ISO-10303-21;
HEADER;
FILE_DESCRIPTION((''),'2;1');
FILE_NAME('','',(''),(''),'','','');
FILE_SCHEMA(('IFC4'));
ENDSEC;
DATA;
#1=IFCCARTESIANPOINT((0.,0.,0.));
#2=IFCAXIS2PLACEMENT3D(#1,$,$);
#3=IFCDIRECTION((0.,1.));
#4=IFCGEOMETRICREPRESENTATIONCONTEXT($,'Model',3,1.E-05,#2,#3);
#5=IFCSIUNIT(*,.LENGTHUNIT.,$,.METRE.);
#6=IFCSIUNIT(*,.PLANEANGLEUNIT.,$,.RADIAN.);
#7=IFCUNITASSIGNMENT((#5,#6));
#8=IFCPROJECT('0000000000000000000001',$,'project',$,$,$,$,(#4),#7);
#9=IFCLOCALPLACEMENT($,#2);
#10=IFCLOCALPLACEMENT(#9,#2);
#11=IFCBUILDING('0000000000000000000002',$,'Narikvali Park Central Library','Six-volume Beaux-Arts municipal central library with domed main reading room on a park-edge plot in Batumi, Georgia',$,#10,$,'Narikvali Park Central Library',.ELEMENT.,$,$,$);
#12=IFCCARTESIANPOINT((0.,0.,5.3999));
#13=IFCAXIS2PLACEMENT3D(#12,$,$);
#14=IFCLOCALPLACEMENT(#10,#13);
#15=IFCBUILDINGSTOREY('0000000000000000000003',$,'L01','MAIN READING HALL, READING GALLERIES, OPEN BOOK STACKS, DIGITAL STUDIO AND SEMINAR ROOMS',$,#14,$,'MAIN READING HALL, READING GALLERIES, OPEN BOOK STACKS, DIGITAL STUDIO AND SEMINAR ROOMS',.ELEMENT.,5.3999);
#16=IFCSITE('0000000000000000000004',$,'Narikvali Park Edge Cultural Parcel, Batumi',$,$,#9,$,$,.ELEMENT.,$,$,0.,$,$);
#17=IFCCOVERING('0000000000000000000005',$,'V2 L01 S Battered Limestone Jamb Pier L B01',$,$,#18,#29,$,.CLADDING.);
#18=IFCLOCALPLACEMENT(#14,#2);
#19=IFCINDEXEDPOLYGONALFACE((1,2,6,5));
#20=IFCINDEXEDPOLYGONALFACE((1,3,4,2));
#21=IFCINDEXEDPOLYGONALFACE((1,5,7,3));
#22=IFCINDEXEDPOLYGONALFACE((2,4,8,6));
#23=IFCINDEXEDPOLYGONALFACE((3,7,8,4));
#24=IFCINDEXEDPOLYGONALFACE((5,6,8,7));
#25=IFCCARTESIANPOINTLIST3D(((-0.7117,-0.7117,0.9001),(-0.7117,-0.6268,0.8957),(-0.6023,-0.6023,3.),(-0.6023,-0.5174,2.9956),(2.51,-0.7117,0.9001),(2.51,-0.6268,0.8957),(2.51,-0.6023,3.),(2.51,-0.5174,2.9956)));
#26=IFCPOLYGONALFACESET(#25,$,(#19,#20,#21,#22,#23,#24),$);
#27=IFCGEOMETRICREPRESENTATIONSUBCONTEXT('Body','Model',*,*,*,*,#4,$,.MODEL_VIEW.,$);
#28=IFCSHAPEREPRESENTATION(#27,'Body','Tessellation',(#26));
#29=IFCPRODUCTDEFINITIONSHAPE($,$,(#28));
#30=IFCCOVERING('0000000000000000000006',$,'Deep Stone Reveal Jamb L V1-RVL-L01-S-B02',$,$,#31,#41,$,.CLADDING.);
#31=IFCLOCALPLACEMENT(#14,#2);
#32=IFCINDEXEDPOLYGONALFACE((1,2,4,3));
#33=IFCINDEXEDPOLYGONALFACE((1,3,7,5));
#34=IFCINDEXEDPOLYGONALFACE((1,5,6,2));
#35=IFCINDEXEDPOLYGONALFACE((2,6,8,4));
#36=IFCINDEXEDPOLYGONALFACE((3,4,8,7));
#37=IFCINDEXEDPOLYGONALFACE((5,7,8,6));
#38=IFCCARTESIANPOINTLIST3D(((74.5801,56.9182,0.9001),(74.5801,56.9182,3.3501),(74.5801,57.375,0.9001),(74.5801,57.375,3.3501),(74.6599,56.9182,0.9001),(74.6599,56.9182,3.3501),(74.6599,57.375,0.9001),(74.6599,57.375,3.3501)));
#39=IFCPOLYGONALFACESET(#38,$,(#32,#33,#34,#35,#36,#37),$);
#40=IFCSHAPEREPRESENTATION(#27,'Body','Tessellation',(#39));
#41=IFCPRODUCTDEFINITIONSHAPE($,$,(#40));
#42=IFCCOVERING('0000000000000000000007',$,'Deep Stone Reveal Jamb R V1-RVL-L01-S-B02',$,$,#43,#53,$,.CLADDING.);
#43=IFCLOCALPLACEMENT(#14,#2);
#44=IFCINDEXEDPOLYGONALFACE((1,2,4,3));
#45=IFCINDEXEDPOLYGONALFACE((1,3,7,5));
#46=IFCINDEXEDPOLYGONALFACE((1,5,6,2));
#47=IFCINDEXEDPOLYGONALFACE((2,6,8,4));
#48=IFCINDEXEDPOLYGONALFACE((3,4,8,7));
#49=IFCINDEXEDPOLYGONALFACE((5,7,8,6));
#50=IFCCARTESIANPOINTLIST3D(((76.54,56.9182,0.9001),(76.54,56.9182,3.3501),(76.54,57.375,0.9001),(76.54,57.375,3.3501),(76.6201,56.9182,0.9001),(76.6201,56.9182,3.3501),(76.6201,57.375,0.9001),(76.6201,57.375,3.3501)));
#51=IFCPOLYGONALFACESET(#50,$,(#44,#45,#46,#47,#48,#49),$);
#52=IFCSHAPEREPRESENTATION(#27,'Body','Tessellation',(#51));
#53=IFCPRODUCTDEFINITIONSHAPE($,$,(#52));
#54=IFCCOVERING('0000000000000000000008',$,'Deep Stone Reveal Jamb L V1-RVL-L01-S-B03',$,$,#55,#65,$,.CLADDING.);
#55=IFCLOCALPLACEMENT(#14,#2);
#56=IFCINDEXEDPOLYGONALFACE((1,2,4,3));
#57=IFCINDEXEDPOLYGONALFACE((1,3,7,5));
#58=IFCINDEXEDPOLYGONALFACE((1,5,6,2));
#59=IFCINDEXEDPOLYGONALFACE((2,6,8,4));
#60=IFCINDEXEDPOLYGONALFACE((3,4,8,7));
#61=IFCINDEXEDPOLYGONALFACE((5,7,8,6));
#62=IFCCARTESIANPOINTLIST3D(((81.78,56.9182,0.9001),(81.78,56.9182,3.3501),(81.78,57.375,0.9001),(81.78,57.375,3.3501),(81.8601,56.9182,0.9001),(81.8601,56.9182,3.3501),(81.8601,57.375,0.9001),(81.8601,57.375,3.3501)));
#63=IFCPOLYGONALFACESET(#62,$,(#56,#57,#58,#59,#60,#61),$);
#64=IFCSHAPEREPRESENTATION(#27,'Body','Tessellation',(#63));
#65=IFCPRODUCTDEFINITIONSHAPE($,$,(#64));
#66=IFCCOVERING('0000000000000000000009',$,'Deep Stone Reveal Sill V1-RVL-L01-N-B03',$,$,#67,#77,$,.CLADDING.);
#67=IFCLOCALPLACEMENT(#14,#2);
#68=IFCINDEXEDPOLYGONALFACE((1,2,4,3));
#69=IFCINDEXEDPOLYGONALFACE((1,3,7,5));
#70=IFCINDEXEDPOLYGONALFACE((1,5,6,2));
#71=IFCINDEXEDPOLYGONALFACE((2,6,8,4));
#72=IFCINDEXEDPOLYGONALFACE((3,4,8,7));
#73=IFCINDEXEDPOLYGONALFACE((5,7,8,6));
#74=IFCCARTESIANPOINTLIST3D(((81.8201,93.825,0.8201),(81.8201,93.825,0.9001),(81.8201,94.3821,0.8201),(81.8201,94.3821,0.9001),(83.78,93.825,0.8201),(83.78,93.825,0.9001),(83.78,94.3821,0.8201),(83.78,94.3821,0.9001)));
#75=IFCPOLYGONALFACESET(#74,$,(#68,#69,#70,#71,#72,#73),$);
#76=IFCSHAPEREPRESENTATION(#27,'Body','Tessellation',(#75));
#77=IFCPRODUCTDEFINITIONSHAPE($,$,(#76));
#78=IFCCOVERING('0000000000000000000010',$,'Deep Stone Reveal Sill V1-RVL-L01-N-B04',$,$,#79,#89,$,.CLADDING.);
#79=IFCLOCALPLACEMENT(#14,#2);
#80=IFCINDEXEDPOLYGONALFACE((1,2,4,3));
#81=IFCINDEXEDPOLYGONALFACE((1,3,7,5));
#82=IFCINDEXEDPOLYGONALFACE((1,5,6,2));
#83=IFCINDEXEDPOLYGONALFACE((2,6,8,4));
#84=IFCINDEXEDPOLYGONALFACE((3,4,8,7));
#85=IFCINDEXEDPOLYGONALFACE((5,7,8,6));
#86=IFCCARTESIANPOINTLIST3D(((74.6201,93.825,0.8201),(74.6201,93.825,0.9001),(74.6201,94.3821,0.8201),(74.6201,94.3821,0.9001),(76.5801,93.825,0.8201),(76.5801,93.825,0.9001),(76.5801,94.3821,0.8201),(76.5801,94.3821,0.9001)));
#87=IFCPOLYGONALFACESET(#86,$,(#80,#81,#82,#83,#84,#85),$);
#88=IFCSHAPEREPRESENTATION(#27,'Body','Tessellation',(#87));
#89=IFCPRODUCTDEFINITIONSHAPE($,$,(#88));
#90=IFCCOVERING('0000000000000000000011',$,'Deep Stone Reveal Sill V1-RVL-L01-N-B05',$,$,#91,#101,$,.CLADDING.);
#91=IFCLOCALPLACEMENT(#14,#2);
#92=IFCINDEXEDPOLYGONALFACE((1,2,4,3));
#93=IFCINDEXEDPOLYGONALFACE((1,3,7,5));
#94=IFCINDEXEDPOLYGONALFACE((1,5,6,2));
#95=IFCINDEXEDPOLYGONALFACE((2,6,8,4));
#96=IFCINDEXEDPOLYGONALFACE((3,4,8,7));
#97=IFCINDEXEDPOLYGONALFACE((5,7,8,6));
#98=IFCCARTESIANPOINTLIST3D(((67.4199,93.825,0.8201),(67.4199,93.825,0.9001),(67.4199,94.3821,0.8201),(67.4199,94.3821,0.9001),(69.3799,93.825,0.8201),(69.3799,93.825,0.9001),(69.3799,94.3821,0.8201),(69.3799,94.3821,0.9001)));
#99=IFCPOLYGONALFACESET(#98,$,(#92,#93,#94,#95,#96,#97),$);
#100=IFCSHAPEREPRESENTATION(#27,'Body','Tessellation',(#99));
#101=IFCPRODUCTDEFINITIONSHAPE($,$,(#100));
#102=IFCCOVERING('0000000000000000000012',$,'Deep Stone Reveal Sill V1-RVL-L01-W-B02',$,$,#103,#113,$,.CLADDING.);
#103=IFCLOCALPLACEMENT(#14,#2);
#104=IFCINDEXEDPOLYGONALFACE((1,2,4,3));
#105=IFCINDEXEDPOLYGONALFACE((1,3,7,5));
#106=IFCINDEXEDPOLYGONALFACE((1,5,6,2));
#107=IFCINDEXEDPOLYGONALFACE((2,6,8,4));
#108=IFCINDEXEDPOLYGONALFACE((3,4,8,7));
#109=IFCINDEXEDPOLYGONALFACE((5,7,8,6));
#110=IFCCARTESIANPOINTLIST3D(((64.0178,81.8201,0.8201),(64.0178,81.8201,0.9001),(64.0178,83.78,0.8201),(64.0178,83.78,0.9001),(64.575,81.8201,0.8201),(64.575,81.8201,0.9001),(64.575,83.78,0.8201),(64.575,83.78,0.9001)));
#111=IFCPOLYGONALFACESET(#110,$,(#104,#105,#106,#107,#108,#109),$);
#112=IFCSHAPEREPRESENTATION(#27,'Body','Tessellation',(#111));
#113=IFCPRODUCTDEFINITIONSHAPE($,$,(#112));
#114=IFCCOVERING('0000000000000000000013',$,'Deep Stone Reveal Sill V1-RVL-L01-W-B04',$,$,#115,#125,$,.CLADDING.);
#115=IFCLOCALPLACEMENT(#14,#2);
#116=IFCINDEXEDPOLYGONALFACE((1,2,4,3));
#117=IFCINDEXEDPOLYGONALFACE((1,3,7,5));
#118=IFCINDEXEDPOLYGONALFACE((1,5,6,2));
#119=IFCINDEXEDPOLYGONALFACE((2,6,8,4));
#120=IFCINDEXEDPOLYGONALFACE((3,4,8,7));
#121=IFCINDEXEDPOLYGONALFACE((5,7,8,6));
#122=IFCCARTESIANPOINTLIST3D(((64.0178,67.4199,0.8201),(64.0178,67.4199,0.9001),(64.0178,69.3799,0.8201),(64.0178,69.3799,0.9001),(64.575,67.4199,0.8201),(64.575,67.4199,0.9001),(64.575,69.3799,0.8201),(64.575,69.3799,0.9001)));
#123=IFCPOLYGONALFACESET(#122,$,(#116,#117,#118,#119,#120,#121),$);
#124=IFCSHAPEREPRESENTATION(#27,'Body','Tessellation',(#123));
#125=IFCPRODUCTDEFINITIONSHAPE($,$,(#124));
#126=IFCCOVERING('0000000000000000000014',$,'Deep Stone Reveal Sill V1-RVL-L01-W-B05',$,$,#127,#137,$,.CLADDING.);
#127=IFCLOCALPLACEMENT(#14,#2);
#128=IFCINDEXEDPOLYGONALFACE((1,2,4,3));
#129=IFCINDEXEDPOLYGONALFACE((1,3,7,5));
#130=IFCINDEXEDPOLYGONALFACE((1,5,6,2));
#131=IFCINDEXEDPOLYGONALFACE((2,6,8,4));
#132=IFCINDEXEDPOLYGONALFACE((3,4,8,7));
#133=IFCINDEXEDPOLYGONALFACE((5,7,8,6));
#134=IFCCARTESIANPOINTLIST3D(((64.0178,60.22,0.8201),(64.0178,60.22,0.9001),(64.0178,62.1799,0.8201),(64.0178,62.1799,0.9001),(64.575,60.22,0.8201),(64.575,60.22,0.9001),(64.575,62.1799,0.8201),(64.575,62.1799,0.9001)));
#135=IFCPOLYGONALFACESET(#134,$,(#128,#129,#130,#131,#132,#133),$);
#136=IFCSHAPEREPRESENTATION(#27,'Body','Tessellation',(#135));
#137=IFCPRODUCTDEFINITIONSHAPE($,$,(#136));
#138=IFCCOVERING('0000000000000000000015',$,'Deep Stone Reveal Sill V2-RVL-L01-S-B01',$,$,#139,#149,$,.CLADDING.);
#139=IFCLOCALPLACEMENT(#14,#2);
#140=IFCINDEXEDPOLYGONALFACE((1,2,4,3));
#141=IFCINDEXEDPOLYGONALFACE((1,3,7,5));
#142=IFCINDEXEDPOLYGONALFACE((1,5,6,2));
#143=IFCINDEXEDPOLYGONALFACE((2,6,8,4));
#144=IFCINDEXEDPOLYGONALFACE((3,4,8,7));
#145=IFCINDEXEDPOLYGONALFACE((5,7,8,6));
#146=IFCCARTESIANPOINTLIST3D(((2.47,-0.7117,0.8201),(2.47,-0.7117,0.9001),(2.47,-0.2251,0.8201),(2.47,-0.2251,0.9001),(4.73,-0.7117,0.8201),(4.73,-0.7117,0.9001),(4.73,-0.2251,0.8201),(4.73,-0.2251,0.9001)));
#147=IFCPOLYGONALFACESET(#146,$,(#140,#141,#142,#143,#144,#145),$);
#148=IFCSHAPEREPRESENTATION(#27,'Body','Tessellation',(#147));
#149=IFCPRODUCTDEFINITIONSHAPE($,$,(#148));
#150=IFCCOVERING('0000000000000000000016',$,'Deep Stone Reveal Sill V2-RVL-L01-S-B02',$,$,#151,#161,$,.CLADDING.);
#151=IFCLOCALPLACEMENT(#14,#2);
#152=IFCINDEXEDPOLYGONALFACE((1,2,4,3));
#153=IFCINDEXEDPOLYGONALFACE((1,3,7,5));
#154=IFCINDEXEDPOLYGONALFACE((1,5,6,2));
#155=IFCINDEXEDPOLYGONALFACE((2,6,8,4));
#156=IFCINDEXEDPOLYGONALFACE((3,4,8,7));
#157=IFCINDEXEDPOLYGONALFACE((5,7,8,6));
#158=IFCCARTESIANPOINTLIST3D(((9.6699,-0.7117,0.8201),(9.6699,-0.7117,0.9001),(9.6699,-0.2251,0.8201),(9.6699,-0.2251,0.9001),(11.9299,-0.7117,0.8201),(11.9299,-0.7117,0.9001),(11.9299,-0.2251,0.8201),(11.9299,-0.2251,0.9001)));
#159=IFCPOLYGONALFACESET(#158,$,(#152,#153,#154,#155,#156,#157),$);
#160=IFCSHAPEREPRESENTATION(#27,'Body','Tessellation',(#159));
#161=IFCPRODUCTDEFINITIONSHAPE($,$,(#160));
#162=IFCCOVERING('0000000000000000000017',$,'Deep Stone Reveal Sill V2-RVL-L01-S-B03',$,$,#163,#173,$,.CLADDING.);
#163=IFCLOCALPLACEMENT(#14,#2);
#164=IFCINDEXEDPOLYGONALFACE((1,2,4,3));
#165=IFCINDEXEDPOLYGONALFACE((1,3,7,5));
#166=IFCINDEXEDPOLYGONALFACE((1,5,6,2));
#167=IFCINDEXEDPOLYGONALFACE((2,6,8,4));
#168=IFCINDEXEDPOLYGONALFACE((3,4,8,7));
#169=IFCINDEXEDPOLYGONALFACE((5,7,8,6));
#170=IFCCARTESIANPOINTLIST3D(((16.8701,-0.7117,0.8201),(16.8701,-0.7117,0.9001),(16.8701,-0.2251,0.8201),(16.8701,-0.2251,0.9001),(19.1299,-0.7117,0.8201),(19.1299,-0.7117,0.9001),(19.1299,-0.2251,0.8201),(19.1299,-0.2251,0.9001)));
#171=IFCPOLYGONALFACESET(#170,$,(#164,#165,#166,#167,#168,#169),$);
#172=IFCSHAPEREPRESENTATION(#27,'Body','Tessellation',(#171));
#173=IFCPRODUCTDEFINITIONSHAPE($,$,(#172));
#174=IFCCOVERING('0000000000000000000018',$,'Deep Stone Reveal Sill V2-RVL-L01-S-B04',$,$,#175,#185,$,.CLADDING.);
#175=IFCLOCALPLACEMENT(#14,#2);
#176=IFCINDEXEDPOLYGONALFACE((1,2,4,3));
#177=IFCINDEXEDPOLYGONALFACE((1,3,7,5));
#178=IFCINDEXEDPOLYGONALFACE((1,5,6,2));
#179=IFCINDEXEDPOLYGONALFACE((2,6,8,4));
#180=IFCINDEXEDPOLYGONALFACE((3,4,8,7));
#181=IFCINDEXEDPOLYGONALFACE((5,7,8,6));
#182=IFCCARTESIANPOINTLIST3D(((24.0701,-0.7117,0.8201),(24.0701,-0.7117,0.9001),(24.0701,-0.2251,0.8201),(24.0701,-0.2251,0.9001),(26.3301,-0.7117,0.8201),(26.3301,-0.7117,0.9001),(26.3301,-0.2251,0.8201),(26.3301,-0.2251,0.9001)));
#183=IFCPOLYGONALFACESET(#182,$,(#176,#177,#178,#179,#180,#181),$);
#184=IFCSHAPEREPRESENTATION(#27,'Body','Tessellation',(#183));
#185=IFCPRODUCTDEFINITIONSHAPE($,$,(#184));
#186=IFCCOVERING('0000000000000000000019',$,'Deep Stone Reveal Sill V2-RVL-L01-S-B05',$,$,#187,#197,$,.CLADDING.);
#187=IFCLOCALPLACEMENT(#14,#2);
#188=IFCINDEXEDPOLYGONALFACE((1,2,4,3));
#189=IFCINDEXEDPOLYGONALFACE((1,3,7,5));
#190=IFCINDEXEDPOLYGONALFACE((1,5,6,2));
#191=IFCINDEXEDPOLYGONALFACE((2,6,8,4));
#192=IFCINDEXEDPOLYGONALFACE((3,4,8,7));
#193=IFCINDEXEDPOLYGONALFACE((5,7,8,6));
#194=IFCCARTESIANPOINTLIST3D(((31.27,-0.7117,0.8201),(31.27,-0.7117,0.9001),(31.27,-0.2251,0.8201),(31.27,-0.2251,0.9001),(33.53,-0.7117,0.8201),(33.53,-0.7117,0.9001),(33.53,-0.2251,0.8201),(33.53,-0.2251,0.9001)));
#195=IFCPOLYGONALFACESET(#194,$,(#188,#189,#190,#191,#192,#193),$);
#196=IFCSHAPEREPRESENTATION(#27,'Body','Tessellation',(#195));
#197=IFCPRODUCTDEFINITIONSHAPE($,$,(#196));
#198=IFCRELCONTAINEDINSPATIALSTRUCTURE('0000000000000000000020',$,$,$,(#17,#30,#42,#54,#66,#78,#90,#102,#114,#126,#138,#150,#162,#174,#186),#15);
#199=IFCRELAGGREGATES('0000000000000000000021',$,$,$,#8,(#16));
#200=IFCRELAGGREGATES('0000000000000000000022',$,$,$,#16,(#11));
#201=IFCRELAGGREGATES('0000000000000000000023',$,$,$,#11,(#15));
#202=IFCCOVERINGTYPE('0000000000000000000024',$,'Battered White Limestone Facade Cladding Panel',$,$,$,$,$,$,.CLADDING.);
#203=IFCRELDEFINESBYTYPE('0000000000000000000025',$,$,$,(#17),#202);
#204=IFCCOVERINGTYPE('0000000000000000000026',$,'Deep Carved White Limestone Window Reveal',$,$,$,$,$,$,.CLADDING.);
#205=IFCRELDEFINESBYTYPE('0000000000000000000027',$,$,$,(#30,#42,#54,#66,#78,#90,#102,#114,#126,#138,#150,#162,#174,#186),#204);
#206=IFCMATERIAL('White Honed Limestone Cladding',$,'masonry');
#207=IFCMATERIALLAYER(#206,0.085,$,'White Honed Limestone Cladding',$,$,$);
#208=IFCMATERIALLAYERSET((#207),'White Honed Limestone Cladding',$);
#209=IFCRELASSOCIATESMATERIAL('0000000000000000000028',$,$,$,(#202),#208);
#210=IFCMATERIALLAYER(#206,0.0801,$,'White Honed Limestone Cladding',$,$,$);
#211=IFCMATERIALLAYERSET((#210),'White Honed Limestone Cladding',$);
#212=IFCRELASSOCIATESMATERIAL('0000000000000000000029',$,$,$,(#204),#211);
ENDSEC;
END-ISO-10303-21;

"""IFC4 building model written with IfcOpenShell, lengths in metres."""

from ifc_helpers import new_model, si_unit, direction, frame, origin, place, context, subcontext, project, spatial, polyline, outline, extrude, material, layer, layer_set, type_object, element, save


model = new_model("IFC4")

# Units and contexts
model_context = context("Model", 3, precision=1e-05, world=origin(), true_north=direction((0.0, 1.0)))
body_context = subcontext(model_context, "Body", "Model", "MODEL_VIEW")
ifc_project = project(units=[si_unit("LENGTHUNIT", "METRE"), si_unit("PLANEANGLEUNIT", "RADIAN")], contexts=[model_context])

# Site, building, storey
site_placement = place(None, origin())
site = spatial("IfcSite", under=ifc_project, at=site_placement, Name="Narikvali Park Edge Cultural Parcel, Batumi", CompositionType="ELEMENT", RefElevation=0.0)
building_placement = place(site_placement, origin())
building = spatial("IfcBuilding", under=site, at=building_placement, Name="Narikvali Park Central Library", Description="Six-volume Beaux-Arts municipal central library with domed main reading room on a park-edge plot in Batumi, Georgia", LongName="Narikvali Park Central Library", CompositionType="ELEMENT")
storey_placement = place(building_placement, frame((0.0, 0.0, 5.3999)))
storey = spatial("IfcBuildingStorey", under=building, at=storey_placement, Name="L01", Description="MAIN READING HALL, READING GALLERIES, OPEN BOOK STACKS, DIGITAL STUDIO AND SEMINAR ROOMS", LongName="MAIN READING HALL, READING GALLERIES, OPEN BOOK STACKS, DIGITAL STUDIO AND SEMINAR ROOMS", CompositionType="ELEMENT", Elevation=5.3999)

# Coverings
ifc_material = material(Name="White Honed Limestone Cladding", Category="masonry")
ifc_layer_1 = layer(ifc_material, 0.085, Name="White Honed Limestone Cladding")
ifc_layer_set_1 = layer_set([ifc_layer_1], Name="White Honed Limestone Cladding")
covering_type_1 = type_object("IfcCoveringType", Name="Battered White Limestone Facade Cladding Panel", PredefinedType="CLADDING", material=ifc_layer_set_1)
covering_1_placement = place(storey_placement, frame((-0.7117, -0.7117, 0.9001), z_axis=(0.0, -0.998646, 0.052016), x_axis=(1.0, 0.0, 0.0)))
element("IfcCovering", 1, at=covering_1_placement, inside=storey, type_object=covering_type_1, Name="V2 L01 S Battered Limestone Jamb Pier L B01", PredefinedType="CLADDING", context=body_context, shape_type="SweptSolid", body=[
    extrude(outline(polyline([(0.0, 0.0), (3.2217, 0.0), (3.2217, 2.1027), (0.1094, 2.1027), (0.0, 0.0)])), origin(), (0.0, 0.0, -1.0), 0.085),
])
ifc_layer_2 = layer(ifc_material, 0.0801, Name="White Honed Limestone Cladding")
ifc_layer_set_2 = layer_set([ifc_layer_2], Name="White Honed Limestone Cladding")
covering_type_2 = type_object("IfcCoveringType", Name="Deep Carved White Limestone Window Reveal", PredefinedType="CLADDING", material=ifc_layer_set_2)
covering_2_placement = place(storey_placement, frame((0.0, 0.0, 0.9001)))
element("IfcCovering", 2, at=covering_2_placement, inside=storey, type_object=covering_type_2, Name="Deep Stone Reveal Jamb L V1-RVL-L01-S-B02", PredefinedType="CLADDING", context=body_context, shape_type="SweptSolid", body=[
    extrude(outline(polyline([(74.5801, 57.375), (74.6599, 57.375), (74.6599, 56.9182), (74.5801, 56.9182), (74.5801, 57.375)])), origin(), (0.0, 0.0, 1.0), 2.45),
])
covering_3_placement = place(storey_placement, frame((0.0, 0.0, 0.9001)))
element("IfcCovering", 3, at=covering_3_placement, inside=storey, type_object=covering_type_2, Name="Deep Stone Reveal Jamb R V1-RVL-L01-S-B02", PredefinedType="CLADDING", context=body_context, shape_type="SweptSolid", body=[
    extrude(outline(polyline([(76.54, 57.375), (76.6201, 57.375), (76.6201, 56.9182), (76.54, 56.9182), (76.54, 57.375)])), origin(), (0.0, 0.0, 1.0), 2.45),
])
covering_4_placement = place(storey_placement, frame((0.0, 0.0, 0.9001)))
element("IfcCovering", 4, at=covering_4_placement, inside=storey, type_object=covering_type_2, Name="Deep Stone Reveal Jamb L V1-RVL-L01-S-B03", PredefinedType="CLADDING", context=body_context, shape_type="SweptSolid", body=[
    extrude(outline(polyline([(81.78, 57.375), (81.8601, 57.375), (81.8601, 56.9182), (81.78, 56.9182), (81.78, 57.375)])), origin(), (0.0, 0.0, 1.0), 2.45),
])
covering_5_placement = place(storey_placement, frame((0.0, 0.0, 0.8201)))
element("IfcCovering", 5, at=covering_5_placement, inside=storey, type_object=covering_type_2, Name="Deep Stone Reveal Sill V1-RVL-L01-N-B03", PredefinedType="CLADDING", context=body_context, shape_type="SweptSolid", body=[
    extrude(outline(polyline([(83.78, 93.825), (81.8201, 93.825), (81.8201, 94.3821), (83.78, 94.3821), (83.78, 93.825)])), origin(), (0.0, 0.0, 1.0), 0.0801),
])
covering_6_placement = place(storey_placement, frame((0.0, 0.0, 0.8201)))
element("IfcCovering", 6, at=covering_6_placement, inside=storey, type_object=covering_type_2, Name="Deep Stone Reveal Sill V1-RVL-L01-N-B04", PredefinedType="CLADDING", context=body_context, shape_type="SweptSolid", body=[
    extrude(outline(polyline([(76.5801, 93.825), (74.6201, 93.825), (74.6201, 94.3821), (76.5801, 94.3821), (76.5801, 93.825)])), origin(), (0.0, 0.0, 1.0), 0.0801),
])
covering_7_placement = place(storey_placement, frame((0.0, 0.0, 0.8201)))
element("IfcCovering", 7, at=covering_7_placement, inside=storey, type_object=covering_type_2, Name="Deep Stone Reveal Sill V1-RVL-L01-N-B05", PredefinedType="CLADDING", context=body_context, shape_type="SweptSolid", body=[
    extrude(outline(polyline([(69.3799, 93.825), (67.4199, 93.825), (67.4199, 94.3821), (69.3799, 94.3821), (69.3799, 93.825)])), origin(), (0.0, 0.0, 1.0), 0.0801),
])
covering_8_placement = place(storey_placement, frame((0.0, 0.0, 0.8201)))
element("IfcCovering", 8, at=covering_8_placement, inside=storey, type_object=covering_type_2, Name="Deep Stone Reveal Sill V1-RVL-L01-W-B02", PredefinedType="CLADDING", context=body_context, shape_type="SweptSolid", body=[
    extrude(outline(polyline([(64.575, 83.78), (64.575, 81.8201), (64.0178, 81.8201), (64.0178, 83.78), (64.575, 83.78)])), origin(), (0.0, 0.0, 1.0), 0.0801),
])
covering_9_placement = place(storey_placement, frame((0.0, 0.0, 0.8201)))
element("IfcCovering", 9, at=covering_9_placement, inside=storey, type_object=covering_type_2, Name="Deep Stone Reveal Sill V1-RVL-L01-W-B04", PredefinedType="CLADDING", context=body_context, shape_type="SweptSolid", body=[
    extrude(outline(polyline([(64.575, 69.3799), (64.575, 67.4199), (64.0178, 67.4199), (64.0178, 69.3799), (64.575, 69.3799)])), origin(), (0.0, 0.0, 1.0), 0.0801),
])
covering_10_placement = place(storey_placement, frame((0.0, 0.0, 0.8201)))
element("IfcCovering", 10, at=covering_10_placement, inside=storey, type_object=covering_type_2, Name="Deep Stone Reveal Sill V1-RVL-L01-W-B05", PredefinedType="CLADDING", context=body_context, shape_type="SweptSolid", body=[
    extrude(outline(polyline([(64.575, 62.1799), (64.575, 60.22), (64.0178, 60.22), (64.0178, 62.1799), (64.575, 62.1799)])), origin(), (0.0, 0.0, 1.0), 0.0801),
])
covering_11_placement = place(storey_placement, frame((0.0, 0.0, 0.8201)))
element("IfcCovering", 11, at=covering_11_placement, inside=storey, type_object=covering_type_2, Name="Deep Stone Reveal Sill V2-RVL-L01-S-B01", PredefinedType="CLADDING", context=body_context, shape_type="SweptSolid", body=[
    extrude(outline(polyline([(2.47, -0.2251), (4.73, -0.2251), (4.73, -0.7117), (2.47, -0.7117), (2.47, -0.2251)])), origin(), (0.0, 0.0, 1.0), 0.0801),
])
covering_12_placement = place(storey_placement, frame((0.0, 0.0, 0.8201)))
element("IfcCovering", 12, at=covering_12_placement, inside=storey, type_object=covering_type_2, Name="Deep Stone Reveal Sill V2-RVL-L01-S-B02", PredefinedType="CLADDING", context=body_context, shape_type="SweptSolid", body=[
    extrude(outline(polyline([(9.6699, -0.2251), (11.9299, -0.2251), (11.9299, -0.7117), (9.6699, -0.7117), (9.6699, -0.2251)])), origin(), (0.0, 0.0, 1.0), 0.0801),
])
covering_13_placement = place(storey_placement, frame((0.0, 0.0, 0.8201)))
element("IfcCovering", 13, at=covering_13_placement, inside=storey, type_object=covering_type_2, Name="Deep Stone Reveal Sill V2-RVL-L01-S-B03", PredefinedType="CLADDING", context=body_context, shape_type="SweptSolid", body=[
    extrude(outline(polyline([(16.8701, -0.2251), (19.1299, -0.2251), (19.1299, -0.7117), (16.8701, -0.7117), (16.8701, -0.2251)])), origin(), (0.0, 0.0, 1.0), 0.0801),
])
covering_14_placement = place(storey_placement, frame((0.0, 0.0, 0.8201)))
element("IfcCovering", 14, at=covering_14_placement, inside=storey, type_object=covering_type_2, Name="Deep Stone Reveal Sill V2-RVL-L01-S-B04", PredefinedType="CLADDING", context=body_context, shape_type="SweptSolid", body=[
    extrude(outline(polyline([(24.0701, -0.2251), (26.3301, -0.2251), (26.3301, -0.7117), (24.0701, -0.7117), (24.0701, -0.2251)])), origin(), (0.0, 0.0, 1.0), 0.0801),
])
covering_15_placement = place(storey_placement, frame((0.0, 0.0, 0.8201)))
element("IfcCovering", 15, at=covering_15_placement, inside=storey, type_object=covering_type_2, Name="Deep Stone Reveal Sill V2-RVL-L01-S-B05", PredefinedType="CLADDING", context=body_context, shape_type="SweptSolid", body=[
    extrude(outline(polyline([(31.27, -0.2251), (33.53, -0.2251), (33.53, -0.7117), (31.27, -0.7117), (31.27, -0.2251)])), origin(), (0.0, 0.0, 1.0), 0.0801),
])

save(model, "model.ifc")
